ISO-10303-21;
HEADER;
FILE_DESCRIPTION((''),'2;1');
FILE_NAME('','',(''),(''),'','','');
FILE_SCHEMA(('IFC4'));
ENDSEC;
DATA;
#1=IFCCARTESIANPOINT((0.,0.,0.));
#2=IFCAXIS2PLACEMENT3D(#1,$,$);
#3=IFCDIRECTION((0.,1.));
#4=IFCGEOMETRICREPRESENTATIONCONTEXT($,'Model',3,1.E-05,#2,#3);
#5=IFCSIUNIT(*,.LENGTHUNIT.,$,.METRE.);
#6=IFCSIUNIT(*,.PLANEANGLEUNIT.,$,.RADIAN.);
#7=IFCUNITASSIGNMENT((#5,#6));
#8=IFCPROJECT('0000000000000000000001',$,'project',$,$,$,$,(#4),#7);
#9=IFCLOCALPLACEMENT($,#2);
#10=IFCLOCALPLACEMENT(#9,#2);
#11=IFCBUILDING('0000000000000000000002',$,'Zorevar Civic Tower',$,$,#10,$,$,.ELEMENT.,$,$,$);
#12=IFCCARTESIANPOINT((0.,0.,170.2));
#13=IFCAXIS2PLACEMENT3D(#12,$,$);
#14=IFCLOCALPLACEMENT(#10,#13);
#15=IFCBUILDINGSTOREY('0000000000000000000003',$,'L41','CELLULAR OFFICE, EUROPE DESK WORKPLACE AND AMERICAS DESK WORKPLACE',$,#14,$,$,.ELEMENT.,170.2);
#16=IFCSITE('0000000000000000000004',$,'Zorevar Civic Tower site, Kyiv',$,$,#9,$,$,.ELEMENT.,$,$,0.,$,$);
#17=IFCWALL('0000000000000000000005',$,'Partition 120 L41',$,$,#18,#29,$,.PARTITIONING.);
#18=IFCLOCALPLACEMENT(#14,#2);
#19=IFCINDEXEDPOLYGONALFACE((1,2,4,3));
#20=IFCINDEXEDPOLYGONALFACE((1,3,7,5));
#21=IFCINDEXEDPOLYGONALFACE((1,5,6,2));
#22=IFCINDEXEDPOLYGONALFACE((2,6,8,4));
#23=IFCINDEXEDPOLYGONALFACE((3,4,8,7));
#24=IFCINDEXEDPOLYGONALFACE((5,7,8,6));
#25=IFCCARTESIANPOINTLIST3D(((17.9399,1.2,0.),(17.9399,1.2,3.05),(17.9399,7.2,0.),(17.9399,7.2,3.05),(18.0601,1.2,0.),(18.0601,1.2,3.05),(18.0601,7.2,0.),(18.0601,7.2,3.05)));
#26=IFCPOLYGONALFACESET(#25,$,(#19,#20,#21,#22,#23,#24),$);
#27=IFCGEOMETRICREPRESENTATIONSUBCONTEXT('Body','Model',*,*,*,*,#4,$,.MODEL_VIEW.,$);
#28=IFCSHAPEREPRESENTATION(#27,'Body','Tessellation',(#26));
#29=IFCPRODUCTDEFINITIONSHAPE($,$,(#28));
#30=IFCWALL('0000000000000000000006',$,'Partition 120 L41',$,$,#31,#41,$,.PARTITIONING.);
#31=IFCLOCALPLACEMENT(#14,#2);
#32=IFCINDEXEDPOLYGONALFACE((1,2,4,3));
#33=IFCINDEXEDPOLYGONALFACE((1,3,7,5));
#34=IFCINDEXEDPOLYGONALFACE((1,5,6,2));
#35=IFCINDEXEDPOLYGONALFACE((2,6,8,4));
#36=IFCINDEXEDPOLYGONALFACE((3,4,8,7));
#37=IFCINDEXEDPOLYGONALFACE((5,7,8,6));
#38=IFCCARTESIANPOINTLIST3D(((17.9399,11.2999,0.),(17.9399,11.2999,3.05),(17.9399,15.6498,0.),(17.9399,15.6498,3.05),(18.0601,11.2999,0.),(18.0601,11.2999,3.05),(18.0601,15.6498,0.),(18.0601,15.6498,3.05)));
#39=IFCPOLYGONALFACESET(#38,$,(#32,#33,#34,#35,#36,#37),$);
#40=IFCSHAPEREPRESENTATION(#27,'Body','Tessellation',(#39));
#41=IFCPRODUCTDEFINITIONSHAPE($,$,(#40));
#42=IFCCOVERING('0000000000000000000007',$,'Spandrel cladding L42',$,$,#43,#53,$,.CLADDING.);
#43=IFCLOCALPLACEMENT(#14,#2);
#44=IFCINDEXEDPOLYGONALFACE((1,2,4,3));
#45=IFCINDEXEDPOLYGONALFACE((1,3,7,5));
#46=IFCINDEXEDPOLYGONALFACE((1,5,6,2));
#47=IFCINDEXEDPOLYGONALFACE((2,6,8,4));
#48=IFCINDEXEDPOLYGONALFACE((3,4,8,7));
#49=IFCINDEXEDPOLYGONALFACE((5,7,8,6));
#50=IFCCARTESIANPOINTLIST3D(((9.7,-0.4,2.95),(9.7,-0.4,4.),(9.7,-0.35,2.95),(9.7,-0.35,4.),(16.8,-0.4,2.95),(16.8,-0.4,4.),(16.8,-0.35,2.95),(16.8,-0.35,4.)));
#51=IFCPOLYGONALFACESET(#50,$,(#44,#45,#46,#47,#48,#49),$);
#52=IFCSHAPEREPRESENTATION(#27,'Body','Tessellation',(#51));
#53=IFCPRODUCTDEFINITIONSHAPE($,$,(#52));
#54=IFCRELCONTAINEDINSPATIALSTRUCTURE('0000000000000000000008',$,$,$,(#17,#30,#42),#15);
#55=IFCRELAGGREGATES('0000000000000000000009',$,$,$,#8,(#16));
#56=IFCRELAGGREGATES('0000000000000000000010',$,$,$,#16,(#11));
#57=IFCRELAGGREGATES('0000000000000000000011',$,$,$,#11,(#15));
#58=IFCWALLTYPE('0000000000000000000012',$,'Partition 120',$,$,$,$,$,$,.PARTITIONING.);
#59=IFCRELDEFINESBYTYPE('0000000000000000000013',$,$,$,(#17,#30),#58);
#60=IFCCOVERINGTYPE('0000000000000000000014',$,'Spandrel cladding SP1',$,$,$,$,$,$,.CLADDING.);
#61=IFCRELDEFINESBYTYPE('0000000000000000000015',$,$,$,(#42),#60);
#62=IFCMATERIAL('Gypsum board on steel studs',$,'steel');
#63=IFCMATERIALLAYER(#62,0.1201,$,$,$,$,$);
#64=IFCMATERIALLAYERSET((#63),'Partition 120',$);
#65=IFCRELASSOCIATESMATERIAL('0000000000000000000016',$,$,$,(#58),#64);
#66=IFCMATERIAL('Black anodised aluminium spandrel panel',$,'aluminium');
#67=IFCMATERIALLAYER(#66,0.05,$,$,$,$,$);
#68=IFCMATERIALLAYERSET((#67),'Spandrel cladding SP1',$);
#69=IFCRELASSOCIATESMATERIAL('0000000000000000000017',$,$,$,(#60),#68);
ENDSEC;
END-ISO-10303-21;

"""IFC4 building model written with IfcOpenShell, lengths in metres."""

from ifc_helpers import new_model, si_unit, direction, frame, frame_2d, origin, place, context, subcontext, project, spatial, rectangle, extrude, material, layer, layer_set, type_object, element, save


model = new_model("IFC4")

# Units and contexts
model_context = context("Model", 3, precision=1e-05, world=origin(), true_north=direction((0.0, 1.0)))
body_context = subcontext(model_context, "Body", "Model", "MODEL_VIEW")
ifc_project = project(units=[si_unit("LENGTHUNIT", "METRE"), si_unit("PLANEANGLEUNIT", "RADIAN")], contexts=[model_context])

# Site, building, storey
site_placement = place(None, origin())
site = spatial("IfcSite", under=ifc_project, at=site_placement, Name="Zorevar Civic Tower site, Kyiv", CompositionType="ELEMENT", RefElevation=0.0)
building_placement = place(site_placement, origin())
building = spatial("IfcBuilding", under=site, at=building_placement, Name="Zorevar Civic Tower", CompositionType="ELEMENT")
storey_placement = place(building_placement, frame((0.0, 0.0, 170.2)))
storey = spatial("IfcBuildingStorey", under=building, at=storey_placement, Name="L41", Description="CELLULAR OFFICE, EUROPE DESK WORKPLACE AND AMERICAS DESK WORKPLACE", CompositionType="ELEMENT", Elevation=170.2)

# Shared definitions
ifc_material_1 = material(Name="Gypsum board on steel studs", Category="steel")
ifc_layer_1 = layer(ifc_material_1, 0.1201)
ifc_layer_set_1 = layer_set([ifc_layer_1], Name="Partition 120")
wall_type = type_object("IfcWallType", Name="Partition 120", PredefinedType="PARTITIONING", material=ifc_layer_set_1)

# Walls
wall_1_placement = place(storey_placement, frame((18.0, 1.2, 0.0), z_axis=(0.0, 0.0, 1.0), x_axis=(0.0, 1.0, 0.0)))
element("IfcWall", 1, at=wall_1_placement, inside=storey, type_object=wall_type, Name="Partition 120 L41", PredefinedType="PARTITIONING", context=body_context, shape_type="SweptSolid", body=[
    extrude(rectangle(XDim=6.0, YDim=0.1201, at=frame_2d((3.0, 0.0))), origin(), (0.0, 0.0, 1.0), 3.05),
])
wall_2_placement = place(storey_placement, frame((18.0, 11.3, 0.0), z_axis=(0.0, 0.0, 1.0), x_axis=(0.0, 1.0, 0.0)))
element("IfcWall", 2, at=wall_2_placement, inside=storey, type_object=wall_type, Name="Partition 120 L41", PredefinedType="PARTITIONING", context=body_context, shape_type="SweptSolid", body=[
    extrude(rectangle(XDim=4.3499, YDim=0.1201, at=frame_2d((2.1748, 0.0))), origin(), (0.0, 0.0, 1.0), 3.05),
])

# Covering
ifc_material_2 = material(Name="Black anodised aluminium spandrel panel", Category="aluminium")
ifc_layer_2 = layer(ifc_material_2, 0.05)
ifc_layer_set_2 = layer_set([ifc_layer_2], Name="Spandrel cladding SP1")
covering_type = type_object("IfcCoveringType", Name="Spandrel cladding SP1", PredefinedType="CLADDING", material=ifc_layer_set_2)
covering_placement = place(storey_placement, frame((9.7, -0.375, 2.95), z_axis=(0.0, 0.0, 1.0), x_axis=(1.0, 0.0, 0.0)))
element("IfcCovering", 3, at=covering_placement, inside=storey, type_object=covering_type, Name="Spandrel cladding L42", PredefinedType="CLADDING", context=body_context, shape_type="SweptSolid", body=[
    extrude(rectangle(XDim=7.1001, YDim=0.05, at=frame_2d((3.55, 0.0))), origin(), (0.0, 0.0, 1.0), 1.05),
])

save(model, "model.ifc")
